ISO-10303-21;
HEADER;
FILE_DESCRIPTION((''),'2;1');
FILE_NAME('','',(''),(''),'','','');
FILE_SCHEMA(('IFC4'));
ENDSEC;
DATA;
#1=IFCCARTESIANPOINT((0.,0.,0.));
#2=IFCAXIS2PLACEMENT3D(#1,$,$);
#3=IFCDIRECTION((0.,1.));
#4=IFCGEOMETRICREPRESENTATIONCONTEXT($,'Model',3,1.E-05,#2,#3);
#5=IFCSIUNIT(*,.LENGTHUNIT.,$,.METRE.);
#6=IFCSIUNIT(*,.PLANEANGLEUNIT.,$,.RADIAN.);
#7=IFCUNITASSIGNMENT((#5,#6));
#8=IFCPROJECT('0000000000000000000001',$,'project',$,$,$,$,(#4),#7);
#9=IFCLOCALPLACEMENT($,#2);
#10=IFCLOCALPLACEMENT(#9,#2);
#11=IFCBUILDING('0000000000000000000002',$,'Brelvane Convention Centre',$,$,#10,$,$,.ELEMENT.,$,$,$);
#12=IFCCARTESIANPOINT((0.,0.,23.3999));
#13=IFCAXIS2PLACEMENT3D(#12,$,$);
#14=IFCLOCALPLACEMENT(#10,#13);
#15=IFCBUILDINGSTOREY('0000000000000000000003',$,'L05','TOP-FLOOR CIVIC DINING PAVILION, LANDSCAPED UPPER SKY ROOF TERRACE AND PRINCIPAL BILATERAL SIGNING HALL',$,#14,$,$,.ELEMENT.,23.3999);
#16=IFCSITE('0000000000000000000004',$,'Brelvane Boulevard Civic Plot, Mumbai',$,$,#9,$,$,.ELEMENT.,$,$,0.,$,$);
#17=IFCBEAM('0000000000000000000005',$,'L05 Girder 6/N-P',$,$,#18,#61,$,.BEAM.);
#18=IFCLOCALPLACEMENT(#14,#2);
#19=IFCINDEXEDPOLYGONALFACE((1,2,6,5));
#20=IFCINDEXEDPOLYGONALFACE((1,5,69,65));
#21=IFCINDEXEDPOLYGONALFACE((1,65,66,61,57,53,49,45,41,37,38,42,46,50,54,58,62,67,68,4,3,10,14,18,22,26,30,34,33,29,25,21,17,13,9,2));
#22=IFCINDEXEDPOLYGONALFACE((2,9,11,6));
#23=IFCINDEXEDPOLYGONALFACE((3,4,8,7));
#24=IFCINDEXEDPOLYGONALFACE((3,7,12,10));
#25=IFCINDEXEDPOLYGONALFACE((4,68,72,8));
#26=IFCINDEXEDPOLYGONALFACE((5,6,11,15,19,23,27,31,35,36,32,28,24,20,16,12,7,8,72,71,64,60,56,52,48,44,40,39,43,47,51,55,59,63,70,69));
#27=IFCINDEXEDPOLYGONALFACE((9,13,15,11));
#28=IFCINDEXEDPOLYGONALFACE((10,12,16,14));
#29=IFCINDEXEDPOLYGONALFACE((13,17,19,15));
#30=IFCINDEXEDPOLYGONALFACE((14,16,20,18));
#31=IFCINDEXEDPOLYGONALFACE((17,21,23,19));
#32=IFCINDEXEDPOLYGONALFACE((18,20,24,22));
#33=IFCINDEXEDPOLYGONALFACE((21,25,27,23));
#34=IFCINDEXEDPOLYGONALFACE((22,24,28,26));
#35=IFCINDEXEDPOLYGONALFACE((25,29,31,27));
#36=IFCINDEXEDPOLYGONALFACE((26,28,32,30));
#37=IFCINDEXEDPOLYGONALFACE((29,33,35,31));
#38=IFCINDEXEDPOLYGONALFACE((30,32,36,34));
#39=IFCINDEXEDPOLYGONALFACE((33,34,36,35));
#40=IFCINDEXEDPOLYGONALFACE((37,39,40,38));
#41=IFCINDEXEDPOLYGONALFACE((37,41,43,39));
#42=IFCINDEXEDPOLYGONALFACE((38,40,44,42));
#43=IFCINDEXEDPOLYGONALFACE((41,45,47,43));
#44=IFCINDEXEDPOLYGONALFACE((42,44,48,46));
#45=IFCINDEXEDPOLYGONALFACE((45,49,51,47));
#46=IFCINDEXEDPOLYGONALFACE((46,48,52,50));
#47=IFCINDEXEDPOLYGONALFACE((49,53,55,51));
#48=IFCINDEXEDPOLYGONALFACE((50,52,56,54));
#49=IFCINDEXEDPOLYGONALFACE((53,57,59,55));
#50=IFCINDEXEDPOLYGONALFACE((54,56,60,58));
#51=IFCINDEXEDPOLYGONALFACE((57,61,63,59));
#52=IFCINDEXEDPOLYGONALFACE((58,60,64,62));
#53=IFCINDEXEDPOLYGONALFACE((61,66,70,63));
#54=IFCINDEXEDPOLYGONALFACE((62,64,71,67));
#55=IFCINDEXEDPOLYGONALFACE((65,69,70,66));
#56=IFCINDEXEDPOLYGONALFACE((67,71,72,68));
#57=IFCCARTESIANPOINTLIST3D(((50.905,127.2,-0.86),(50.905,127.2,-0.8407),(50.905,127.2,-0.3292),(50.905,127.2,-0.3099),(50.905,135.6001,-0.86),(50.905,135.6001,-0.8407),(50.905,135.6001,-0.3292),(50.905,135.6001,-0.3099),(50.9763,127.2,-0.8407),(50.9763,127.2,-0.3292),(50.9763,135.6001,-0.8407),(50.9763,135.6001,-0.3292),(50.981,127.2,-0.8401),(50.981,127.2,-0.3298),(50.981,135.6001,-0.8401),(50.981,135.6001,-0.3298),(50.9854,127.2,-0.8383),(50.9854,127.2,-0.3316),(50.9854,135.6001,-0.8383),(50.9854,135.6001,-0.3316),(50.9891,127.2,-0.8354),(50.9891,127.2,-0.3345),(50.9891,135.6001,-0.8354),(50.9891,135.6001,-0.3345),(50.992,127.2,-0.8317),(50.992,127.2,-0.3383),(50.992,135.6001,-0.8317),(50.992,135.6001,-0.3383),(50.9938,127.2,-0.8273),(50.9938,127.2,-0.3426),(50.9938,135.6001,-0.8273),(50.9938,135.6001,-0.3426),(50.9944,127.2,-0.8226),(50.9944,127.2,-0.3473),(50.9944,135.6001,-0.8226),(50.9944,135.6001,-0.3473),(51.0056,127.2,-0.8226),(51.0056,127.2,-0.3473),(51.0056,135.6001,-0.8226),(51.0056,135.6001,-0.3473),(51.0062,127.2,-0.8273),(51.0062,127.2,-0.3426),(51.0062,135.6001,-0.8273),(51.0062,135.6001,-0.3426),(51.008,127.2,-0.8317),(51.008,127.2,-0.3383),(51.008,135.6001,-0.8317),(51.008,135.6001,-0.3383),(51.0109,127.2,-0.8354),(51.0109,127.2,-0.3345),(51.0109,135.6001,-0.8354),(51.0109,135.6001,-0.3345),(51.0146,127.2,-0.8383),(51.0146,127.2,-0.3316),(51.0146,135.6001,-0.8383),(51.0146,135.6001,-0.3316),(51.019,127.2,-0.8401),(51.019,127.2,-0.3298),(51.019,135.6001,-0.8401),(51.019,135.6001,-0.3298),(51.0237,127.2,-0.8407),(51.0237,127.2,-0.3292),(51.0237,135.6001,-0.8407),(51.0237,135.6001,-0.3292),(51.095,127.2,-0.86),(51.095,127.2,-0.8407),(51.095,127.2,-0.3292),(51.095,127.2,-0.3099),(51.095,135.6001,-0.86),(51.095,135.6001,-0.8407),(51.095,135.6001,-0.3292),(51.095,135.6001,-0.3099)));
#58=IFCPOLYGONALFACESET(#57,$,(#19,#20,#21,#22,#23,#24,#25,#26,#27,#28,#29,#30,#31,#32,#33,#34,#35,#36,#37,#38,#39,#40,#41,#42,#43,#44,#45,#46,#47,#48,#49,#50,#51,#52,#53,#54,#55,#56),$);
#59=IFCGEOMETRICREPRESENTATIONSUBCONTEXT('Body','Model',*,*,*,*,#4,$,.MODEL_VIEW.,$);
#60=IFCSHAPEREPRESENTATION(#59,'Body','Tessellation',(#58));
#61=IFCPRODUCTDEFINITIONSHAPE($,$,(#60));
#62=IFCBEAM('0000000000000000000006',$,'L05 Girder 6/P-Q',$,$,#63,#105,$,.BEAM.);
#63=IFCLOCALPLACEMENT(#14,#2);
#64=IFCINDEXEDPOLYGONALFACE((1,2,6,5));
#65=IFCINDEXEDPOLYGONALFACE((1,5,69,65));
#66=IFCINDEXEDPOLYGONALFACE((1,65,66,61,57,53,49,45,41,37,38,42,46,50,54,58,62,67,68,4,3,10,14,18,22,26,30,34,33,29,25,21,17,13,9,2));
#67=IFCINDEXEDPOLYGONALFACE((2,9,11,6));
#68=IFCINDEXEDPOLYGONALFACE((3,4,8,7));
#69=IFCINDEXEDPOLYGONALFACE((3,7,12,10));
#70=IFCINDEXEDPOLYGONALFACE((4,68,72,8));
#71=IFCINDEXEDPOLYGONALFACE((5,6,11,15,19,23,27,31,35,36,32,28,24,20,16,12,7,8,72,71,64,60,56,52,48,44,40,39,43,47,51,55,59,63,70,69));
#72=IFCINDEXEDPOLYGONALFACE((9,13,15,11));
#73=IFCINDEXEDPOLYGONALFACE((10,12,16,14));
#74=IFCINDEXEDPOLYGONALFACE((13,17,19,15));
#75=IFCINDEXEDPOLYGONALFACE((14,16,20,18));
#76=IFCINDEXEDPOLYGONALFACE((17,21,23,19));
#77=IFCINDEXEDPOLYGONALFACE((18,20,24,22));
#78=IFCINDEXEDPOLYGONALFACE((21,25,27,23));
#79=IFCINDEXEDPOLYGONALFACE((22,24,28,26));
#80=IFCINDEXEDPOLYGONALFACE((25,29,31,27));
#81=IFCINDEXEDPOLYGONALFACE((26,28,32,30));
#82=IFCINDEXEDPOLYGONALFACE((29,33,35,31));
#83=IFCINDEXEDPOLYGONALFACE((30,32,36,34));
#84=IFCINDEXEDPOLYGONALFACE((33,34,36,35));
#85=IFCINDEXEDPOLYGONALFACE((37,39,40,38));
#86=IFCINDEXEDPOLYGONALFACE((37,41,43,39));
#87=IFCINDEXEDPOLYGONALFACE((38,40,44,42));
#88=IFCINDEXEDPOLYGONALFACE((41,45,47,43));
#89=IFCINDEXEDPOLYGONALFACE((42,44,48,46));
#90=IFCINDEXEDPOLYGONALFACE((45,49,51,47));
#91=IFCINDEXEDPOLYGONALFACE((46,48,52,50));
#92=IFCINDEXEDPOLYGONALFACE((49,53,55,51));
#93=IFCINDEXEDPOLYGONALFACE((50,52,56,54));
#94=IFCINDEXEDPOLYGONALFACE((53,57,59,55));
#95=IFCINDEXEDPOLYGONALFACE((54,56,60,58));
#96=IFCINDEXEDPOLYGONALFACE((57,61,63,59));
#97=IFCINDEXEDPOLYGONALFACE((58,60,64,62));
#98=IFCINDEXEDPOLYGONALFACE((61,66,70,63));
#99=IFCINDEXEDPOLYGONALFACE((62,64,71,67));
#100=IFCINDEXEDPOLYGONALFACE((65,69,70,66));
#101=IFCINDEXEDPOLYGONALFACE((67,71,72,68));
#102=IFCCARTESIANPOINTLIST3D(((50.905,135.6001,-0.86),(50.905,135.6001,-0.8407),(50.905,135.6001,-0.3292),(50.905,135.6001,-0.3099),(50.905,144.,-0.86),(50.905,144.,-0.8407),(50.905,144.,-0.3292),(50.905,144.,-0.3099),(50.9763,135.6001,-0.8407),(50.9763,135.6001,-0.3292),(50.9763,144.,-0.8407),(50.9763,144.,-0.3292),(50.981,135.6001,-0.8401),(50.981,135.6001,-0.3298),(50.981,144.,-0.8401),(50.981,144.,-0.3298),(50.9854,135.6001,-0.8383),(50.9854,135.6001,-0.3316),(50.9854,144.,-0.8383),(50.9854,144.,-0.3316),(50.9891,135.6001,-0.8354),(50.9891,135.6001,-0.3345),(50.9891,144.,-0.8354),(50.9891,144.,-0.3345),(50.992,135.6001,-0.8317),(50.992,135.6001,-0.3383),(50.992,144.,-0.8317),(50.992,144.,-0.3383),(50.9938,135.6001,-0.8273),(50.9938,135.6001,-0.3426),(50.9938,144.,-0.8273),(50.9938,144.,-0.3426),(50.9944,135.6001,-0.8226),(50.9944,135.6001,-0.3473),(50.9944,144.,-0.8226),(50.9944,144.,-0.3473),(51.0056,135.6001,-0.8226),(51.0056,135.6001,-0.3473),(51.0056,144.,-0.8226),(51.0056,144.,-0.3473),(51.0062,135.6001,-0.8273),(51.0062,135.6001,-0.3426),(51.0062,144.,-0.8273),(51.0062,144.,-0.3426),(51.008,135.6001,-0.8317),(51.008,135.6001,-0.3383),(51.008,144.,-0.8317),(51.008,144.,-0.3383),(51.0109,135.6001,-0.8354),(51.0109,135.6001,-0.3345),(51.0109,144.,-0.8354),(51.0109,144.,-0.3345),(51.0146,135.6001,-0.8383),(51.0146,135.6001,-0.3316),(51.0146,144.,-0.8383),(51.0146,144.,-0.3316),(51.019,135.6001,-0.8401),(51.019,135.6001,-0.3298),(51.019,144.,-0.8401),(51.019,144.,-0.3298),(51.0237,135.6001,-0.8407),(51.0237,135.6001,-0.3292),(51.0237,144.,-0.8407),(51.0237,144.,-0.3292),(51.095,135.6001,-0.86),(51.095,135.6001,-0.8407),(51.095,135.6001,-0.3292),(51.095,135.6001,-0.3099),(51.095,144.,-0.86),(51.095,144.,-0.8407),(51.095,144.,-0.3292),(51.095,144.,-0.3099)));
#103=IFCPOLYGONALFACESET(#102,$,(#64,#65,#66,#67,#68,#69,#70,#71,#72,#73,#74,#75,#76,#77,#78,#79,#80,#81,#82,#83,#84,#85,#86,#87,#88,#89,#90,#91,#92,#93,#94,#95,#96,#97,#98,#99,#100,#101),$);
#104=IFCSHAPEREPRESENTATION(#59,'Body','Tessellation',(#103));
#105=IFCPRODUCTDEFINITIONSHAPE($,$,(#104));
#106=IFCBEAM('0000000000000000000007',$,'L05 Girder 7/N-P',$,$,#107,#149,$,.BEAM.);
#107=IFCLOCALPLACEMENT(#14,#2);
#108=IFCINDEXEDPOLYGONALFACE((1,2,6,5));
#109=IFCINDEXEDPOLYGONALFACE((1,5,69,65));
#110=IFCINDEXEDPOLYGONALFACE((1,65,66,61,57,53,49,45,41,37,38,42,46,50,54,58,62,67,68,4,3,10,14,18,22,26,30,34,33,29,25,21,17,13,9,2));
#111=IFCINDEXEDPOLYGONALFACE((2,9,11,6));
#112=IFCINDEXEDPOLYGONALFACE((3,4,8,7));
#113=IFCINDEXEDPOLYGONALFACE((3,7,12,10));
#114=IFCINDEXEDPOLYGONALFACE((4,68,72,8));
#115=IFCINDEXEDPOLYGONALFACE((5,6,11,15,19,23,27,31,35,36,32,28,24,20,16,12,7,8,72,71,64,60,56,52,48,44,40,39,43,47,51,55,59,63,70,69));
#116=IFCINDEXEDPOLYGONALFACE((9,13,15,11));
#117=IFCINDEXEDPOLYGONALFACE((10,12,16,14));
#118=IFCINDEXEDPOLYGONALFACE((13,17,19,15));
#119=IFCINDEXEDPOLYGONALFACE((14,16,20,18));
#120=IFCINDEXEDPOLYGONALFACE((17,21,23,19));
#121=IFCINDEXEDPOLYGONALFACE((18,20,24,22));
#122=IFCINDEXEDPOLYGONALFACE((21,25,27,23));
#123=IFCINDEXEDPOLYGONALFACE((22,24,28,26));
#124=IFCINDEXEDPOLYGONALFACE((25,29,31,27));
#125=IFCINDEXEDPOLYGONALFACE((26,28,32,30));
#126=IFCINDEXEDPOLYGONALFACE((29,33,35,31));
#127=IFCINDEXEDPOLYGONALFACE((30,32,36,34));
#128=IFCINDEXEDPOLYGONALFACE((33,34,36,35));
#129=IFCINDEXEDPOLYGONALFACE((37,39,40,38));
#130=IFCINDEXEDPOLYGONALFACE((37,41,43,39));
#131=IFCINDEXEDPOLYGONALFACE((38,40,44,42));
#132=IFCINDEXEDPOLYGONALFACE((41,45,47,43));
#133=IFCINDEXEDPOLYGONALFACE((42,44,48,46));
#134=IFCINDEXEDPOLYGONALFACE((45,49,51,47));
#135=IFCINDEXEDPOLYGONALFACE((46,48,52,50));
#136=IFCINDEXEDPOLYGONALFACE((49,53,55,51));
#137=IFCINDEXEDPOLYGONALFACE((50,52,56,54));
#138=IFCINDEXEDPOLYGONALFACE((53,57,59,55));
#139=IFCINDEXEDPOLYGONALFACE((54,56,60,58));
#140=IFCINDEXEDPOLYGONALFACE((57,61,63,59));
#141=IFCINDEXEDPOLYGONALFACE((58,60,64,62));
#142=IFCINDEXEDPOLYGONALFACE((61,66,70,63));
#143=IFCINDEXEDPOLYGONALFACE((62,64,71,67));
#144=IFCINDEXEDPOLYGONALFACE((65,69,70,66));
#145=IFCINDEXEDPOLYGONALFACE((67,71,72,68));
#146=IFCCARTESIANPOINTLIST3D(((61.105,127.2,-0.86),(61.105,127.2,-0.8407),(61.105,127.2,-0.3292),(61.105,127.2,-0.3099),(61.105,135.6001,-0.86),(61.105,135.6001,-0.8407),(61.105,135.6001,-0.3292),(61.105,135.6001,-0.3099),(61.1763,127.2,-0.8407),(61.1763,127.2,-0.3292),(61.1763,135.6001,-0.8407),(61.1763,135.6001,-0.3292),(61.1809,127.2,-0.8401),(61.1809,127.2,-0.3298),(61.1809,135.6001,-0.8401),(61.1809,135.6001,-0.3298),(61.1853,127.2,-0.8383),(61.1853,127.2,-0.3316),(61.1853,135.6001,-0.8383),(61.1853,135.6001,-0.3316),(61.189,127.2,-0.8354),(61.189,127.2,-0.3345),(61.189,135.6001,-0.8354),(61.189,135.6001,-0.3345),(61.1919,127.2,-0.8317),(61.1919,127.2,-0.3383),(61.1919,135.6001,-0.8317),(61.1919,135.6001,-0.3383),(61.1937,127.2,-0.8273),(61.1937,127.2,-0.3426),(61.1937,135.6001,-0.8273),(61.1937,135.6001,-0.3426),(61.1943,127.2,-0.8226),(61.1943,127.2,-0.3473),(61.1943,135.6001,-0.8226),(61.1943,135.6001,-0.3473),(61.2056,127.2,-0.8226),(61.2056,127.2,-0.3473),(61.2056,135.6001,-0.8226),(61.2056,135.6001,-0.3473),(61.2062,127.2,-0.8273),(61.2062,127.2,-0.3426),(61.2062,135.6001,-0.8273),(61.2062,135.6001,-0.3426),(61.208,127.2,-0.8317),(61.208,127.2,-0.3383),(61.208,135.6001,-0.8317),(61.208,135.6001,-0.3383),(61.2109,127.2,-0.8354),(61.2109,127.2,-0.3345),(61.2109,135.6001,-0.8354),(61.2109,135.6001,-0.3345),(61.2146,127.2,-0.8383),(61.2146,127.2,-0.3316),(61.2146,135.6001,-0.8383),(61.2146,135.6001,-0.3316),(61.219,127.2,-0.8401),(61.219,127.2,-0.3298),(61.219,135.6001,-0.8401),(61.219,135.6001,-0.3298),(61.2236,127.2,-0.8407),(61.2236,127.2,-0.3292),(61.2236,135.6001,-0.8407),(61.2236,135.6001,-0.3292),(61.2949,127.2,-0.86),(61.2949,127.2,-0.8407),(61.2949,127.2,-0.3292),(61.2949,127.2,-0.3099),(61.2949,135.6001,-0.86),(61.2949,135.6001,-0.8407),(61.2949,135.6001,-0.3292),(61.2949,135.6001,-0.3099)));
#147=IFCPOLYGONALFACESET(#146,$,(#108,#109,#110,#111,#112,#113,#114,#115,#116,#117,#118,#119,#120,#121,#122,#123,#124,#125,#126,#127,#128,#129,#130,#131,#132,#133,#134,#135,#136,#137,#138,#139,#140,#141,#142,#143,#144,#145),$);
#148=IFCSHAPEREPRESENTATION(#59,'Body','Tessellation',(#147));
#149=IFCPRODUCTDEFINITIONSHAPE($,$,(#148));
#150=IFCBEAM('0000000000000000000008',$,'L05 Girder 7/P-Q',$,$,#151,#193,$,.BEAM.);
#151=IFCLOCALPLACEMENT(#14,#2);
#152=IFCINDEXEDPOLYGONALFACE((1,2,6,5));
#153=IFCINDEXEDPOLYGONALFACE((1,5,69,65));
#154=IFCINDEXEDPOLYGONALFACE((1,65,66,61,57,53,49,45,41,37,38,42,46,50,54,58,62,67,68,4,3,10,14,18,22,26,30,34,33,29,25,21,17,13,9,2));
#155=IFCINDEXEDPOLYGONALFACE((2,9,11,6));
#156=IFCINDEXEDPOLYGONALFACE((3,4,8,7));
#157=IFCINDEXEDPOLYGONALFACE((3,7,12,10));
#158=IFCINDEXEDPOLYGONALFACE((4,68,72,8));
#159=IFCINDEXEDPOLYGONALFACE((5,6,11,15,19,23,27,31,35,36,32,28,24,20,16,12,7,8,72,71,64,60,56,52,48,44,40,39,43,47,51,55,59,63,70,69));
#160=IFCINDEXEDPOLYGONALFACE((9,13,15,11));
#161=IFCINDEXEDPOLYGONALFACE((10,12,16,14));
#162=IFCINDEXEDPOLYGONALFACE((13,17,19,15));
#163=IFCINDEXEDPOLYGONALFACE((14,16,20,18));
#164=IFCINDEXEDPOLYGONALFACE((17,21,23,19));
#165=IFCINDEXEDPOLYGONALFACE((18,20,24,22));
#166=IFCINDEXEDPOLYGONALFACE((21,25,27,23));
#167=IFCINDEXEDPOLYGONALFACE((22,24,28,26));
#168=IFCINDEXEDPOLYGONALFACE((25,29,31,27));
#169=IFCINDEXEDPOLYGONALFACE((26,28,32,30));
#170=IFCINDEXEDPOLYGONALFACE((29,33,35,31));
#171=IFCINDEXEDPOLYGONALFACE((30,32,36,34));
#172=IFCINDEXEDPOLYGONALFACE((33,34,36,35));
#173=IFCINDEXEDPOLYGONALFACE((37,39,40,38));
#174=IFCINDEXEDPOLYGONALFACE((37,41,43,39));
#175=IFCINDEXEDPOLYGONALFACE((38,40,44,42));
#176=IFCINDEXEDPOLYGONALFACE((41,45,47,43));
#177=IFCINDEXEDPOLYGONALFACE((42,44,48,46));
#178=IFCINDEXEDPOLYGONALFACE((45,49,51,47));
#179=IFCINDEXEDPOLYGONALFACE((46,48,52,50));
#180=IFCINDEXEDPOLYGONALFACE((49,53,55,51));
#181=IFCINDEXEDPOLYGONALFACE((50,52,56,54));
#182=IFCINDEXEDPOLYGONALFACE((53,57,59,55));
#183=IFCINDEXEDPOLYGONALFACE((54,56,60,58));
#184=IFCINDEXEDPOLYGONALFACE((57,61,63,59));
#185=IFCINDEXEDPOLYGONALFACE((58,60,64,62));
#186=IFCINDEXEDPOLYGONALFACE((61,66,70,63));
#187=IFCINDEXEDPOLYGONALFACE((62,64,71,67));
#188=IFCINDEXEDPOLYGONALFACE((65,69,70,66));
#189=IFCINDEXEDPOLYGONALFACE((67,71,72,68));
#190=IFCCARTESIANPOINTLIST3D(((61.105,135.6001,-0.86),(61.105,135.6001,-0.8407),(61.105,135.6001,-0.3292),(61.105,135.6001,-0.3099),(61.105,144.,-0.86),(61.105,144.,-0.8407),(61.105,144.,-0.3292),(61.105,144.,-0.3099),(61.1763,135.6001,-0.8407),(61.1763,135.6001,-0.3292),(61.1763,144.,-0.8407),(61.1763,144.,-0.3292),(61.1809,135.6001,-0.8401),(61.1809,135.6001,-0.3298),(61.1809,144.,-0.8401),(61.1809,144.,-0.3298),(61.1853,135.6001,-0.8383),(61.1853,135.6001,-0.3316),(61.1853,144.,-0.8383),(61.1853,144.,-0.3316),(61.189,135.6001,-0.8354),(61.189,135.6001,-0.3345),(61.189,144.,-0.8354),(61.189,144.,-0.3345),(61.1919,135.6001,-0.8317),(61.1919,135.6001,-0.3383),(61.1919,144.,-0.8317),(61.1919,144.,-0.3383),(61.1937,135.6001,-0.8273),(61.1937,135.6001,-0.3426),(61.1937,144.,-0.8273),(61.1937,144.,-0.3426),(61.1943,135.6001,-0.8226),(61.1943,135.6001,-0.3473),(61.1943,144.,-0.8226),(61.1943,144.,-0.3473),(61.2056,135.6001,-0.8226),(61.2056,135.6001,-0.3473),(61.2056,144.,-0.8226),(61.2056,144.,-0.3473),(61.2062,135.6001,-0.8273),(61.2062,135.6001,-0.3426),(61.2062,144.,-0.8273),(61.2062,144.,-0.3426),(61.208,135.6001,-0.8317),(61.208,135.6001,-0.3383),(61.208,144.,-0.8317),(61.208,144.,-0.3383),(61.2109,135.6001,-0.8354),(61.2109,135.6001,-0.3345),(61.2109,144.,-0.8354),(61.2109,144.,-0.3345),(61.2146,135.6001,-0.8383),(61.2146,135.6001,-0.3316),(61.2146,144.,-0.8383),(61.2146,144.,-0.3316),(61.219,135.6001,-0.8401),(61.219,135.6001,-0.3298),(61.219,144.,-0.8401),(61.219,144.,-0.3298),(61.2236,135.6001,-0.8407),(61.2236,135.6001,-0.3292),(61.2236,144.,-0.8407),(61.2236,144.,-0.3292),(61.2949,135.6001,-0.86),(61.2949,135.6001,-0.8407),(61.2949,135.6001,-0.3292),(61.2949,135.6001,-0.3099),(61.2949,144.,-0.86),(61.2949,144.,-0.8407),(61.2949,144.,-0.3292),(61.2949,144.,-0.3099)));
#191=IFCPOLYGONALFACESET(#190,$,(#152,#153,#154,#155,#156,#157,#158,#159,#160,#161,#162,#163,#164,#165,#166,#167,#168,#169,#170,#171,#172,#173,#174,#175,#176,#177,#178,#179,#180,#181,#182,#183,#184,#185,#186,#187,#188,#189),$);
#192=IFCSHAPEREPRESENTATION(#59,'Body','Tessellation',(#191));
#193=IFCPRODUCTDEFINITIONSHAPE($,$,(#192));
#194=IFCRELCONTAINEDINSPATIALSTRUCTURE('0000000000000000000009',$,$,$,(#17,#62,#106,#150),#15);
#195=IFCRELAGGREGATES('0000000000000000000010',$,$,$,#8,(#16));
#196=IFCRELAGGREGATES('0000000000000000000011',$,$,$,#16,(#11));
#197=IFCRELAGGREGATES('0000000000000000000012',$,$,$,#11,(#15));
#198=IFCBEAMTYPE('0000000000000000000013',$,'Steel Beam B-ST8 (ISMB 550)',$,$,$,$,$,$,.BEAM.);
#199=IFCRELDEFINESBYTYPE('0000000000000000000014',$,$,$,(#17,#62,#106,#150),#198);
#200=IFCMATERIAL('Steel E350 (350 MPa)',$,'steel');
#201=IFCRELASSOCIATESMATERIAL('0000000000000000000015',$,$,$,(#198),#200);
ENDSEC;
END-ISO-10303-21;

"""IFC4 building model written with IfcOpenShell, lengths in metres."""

from ifc_helpers import new_model, si_unit, direction, frame, origin, origin_2d, place, context, subcontext, project, spatial, i_section, extrude, material, material_profile, profile_set, type_object, element, save


model = new_model("IFC4")

# Units and contexts
model_context = context("Model", 3, precision=1e-05, world=origin(), true_north=direction((0.0, 1.0)))
body_context = subcontext(model_context, "Body", "Model", "MODEL_VIEW")
ifc_project = project(units=[si_unit("LENGTHUNIT", "METRE"), si_unit("PLANEANGLEUNIT", "RADIAN")], contexts=[model_context])

# Site, building, storey
site_placement = place(None, origin())
site = spatial("IfcSite", under=ifc_project, at=site_placement, Name="Brelvane Boulevard Civic Plot, Mumbai", CompositionType="ELEMENT", RefElevation=0.0)
building_placement = place(site_placement, origin())
building = spatial("IfcBuilding", under=site, at=building_placement, Name="Brelvane Convention Centre", CompositionType="ELEMENT")
storey_placement = place(building_placement, frame((0.0, 0.0, 23.3999)))
storey = spatial("IfcBuildingStorey", under=building, at=storey_placement, Name="L05", Description="TOP-FLOOR CIVIC DINING PAVILION, LANDSCAPED UPPER SKY ROOF TERRACE AND PRINCIPAL BILATERAL SIGNING HALL", CompositionType="ELEMENT", Elevation=23.3999)

# Beams
ifc_material_1 = material(Name="Steel E350 (350 MPa)", Category="steel")
ifc_material_profile_1 = material_profile(ifc_material_1, i_section(OverallWidth=0.1899, OverallDepth=0.55, WebThickness=0.0112, FlangeThickness=0.0193, FilletRadius=0.0181, at=origin_2d()), Name="ISMB 550")
ifc_profile_set_1 = profile_set([ifc_material_profile_1], Name="Steel E350 (350 MPa)")
beam_type_1 = type_object("IfcBeamType", Name="Steel Beam B-ST8 (ISMB 550)", PredefinedType="BEAM", material=ifc_profile_set_1)
beam_1_placement = place(storey_placement, frame((51.0, 127.2, -0.585), z_axis=(0.0, 1.0, 0.0), x_axis=(-1.0, 0.0, 0.0)))
element("IfcBeam", 1, at=beam_1_placement, inside=storey, type_object=beam_type_1, Name="L05 Girder 6/N-P", PredefinedType="BEAM", context=body_context, shape_type="SweptSolid", body=[
    extrude(i_section(OverallWidth=0.1899, OverallDepth=0.55, WebThickness=0.0112, FlangeThickness=0.0193, FilletRadius=0.0181, at=origin_2d()), origin(), (0.0, 0.0, 1.0), 8.4001),
])
beam_2_placement = place(storey_placement, frame((51.0, 135.6001, -0.585), z_axis=(0.0, 1.0, 0.0), x_axis=(-1.0, 0.0, 0.0)))
element("IfcBeam", 2, at=beam_2_placement, inside=storey, type_object=beam_type_1, Name="L05 Girder 6/P-Q", PredefinedType="BEAM", context=body_context, shape_type="SweptSolid", body=[
    extrude(i_section(OverallWidth=0.1899, OverallDepth=0.55, WebThickness=0.0112, FlangeThickness=0.0193, FilletRadius=0.0181, at=origin_2d()), origin(), (0.0, 0.0, 1.0), 8.3999),
])
beam_3_placement = place(storey_placement, frame((61.2, 127.2, -0.585), z_axis=(0.0, 1.0, 0.0), x_axis=(-1.0, 0.0, 0.0)))
element("IfcBeam", 3, at=beam_3_placement, inside=storey, type_object=beam_type_1, Name="L05 Girder 7/N-P", PredefinedType="BEAM", context=body_context, shape_type="SweptSolid", body=[
    extrude(i_section(OverallWidth=0.1899, OverallDepth=0.55, WebThickness=0.0112, FlangeThickness=0.0193, FilletRadius=0.0181, at=origin_2d()), origin(), (0.0, 0.0, 1.0), 8.4001),
])
beam_4_placement = place(storey_placement, frame((61.2, 135.6001, -0.585), z_axis=(0.0, 1.0, 0.0), x_axis=(-1.0, 0.0, 0.0)))
element("IfcBeam", 4, at=beam_4_placement, inside=storey, type_object=beam_type_1, Name="L05 Girder 7/P-Q", PredefinedType="BEAM", context=body_context, shape_type="SweptSolid", body=[
    extrude(i_section(OverallWidth=0.1899, OverallDepth=0.55, WebThickness=0.0112, FlangeThickness=0.0193, FilletRadius=0.0181, at=origin_2d()), origin(), (0.0, 0.0, 1.0), 8.3999),
])

save(model, "model.ifc")
